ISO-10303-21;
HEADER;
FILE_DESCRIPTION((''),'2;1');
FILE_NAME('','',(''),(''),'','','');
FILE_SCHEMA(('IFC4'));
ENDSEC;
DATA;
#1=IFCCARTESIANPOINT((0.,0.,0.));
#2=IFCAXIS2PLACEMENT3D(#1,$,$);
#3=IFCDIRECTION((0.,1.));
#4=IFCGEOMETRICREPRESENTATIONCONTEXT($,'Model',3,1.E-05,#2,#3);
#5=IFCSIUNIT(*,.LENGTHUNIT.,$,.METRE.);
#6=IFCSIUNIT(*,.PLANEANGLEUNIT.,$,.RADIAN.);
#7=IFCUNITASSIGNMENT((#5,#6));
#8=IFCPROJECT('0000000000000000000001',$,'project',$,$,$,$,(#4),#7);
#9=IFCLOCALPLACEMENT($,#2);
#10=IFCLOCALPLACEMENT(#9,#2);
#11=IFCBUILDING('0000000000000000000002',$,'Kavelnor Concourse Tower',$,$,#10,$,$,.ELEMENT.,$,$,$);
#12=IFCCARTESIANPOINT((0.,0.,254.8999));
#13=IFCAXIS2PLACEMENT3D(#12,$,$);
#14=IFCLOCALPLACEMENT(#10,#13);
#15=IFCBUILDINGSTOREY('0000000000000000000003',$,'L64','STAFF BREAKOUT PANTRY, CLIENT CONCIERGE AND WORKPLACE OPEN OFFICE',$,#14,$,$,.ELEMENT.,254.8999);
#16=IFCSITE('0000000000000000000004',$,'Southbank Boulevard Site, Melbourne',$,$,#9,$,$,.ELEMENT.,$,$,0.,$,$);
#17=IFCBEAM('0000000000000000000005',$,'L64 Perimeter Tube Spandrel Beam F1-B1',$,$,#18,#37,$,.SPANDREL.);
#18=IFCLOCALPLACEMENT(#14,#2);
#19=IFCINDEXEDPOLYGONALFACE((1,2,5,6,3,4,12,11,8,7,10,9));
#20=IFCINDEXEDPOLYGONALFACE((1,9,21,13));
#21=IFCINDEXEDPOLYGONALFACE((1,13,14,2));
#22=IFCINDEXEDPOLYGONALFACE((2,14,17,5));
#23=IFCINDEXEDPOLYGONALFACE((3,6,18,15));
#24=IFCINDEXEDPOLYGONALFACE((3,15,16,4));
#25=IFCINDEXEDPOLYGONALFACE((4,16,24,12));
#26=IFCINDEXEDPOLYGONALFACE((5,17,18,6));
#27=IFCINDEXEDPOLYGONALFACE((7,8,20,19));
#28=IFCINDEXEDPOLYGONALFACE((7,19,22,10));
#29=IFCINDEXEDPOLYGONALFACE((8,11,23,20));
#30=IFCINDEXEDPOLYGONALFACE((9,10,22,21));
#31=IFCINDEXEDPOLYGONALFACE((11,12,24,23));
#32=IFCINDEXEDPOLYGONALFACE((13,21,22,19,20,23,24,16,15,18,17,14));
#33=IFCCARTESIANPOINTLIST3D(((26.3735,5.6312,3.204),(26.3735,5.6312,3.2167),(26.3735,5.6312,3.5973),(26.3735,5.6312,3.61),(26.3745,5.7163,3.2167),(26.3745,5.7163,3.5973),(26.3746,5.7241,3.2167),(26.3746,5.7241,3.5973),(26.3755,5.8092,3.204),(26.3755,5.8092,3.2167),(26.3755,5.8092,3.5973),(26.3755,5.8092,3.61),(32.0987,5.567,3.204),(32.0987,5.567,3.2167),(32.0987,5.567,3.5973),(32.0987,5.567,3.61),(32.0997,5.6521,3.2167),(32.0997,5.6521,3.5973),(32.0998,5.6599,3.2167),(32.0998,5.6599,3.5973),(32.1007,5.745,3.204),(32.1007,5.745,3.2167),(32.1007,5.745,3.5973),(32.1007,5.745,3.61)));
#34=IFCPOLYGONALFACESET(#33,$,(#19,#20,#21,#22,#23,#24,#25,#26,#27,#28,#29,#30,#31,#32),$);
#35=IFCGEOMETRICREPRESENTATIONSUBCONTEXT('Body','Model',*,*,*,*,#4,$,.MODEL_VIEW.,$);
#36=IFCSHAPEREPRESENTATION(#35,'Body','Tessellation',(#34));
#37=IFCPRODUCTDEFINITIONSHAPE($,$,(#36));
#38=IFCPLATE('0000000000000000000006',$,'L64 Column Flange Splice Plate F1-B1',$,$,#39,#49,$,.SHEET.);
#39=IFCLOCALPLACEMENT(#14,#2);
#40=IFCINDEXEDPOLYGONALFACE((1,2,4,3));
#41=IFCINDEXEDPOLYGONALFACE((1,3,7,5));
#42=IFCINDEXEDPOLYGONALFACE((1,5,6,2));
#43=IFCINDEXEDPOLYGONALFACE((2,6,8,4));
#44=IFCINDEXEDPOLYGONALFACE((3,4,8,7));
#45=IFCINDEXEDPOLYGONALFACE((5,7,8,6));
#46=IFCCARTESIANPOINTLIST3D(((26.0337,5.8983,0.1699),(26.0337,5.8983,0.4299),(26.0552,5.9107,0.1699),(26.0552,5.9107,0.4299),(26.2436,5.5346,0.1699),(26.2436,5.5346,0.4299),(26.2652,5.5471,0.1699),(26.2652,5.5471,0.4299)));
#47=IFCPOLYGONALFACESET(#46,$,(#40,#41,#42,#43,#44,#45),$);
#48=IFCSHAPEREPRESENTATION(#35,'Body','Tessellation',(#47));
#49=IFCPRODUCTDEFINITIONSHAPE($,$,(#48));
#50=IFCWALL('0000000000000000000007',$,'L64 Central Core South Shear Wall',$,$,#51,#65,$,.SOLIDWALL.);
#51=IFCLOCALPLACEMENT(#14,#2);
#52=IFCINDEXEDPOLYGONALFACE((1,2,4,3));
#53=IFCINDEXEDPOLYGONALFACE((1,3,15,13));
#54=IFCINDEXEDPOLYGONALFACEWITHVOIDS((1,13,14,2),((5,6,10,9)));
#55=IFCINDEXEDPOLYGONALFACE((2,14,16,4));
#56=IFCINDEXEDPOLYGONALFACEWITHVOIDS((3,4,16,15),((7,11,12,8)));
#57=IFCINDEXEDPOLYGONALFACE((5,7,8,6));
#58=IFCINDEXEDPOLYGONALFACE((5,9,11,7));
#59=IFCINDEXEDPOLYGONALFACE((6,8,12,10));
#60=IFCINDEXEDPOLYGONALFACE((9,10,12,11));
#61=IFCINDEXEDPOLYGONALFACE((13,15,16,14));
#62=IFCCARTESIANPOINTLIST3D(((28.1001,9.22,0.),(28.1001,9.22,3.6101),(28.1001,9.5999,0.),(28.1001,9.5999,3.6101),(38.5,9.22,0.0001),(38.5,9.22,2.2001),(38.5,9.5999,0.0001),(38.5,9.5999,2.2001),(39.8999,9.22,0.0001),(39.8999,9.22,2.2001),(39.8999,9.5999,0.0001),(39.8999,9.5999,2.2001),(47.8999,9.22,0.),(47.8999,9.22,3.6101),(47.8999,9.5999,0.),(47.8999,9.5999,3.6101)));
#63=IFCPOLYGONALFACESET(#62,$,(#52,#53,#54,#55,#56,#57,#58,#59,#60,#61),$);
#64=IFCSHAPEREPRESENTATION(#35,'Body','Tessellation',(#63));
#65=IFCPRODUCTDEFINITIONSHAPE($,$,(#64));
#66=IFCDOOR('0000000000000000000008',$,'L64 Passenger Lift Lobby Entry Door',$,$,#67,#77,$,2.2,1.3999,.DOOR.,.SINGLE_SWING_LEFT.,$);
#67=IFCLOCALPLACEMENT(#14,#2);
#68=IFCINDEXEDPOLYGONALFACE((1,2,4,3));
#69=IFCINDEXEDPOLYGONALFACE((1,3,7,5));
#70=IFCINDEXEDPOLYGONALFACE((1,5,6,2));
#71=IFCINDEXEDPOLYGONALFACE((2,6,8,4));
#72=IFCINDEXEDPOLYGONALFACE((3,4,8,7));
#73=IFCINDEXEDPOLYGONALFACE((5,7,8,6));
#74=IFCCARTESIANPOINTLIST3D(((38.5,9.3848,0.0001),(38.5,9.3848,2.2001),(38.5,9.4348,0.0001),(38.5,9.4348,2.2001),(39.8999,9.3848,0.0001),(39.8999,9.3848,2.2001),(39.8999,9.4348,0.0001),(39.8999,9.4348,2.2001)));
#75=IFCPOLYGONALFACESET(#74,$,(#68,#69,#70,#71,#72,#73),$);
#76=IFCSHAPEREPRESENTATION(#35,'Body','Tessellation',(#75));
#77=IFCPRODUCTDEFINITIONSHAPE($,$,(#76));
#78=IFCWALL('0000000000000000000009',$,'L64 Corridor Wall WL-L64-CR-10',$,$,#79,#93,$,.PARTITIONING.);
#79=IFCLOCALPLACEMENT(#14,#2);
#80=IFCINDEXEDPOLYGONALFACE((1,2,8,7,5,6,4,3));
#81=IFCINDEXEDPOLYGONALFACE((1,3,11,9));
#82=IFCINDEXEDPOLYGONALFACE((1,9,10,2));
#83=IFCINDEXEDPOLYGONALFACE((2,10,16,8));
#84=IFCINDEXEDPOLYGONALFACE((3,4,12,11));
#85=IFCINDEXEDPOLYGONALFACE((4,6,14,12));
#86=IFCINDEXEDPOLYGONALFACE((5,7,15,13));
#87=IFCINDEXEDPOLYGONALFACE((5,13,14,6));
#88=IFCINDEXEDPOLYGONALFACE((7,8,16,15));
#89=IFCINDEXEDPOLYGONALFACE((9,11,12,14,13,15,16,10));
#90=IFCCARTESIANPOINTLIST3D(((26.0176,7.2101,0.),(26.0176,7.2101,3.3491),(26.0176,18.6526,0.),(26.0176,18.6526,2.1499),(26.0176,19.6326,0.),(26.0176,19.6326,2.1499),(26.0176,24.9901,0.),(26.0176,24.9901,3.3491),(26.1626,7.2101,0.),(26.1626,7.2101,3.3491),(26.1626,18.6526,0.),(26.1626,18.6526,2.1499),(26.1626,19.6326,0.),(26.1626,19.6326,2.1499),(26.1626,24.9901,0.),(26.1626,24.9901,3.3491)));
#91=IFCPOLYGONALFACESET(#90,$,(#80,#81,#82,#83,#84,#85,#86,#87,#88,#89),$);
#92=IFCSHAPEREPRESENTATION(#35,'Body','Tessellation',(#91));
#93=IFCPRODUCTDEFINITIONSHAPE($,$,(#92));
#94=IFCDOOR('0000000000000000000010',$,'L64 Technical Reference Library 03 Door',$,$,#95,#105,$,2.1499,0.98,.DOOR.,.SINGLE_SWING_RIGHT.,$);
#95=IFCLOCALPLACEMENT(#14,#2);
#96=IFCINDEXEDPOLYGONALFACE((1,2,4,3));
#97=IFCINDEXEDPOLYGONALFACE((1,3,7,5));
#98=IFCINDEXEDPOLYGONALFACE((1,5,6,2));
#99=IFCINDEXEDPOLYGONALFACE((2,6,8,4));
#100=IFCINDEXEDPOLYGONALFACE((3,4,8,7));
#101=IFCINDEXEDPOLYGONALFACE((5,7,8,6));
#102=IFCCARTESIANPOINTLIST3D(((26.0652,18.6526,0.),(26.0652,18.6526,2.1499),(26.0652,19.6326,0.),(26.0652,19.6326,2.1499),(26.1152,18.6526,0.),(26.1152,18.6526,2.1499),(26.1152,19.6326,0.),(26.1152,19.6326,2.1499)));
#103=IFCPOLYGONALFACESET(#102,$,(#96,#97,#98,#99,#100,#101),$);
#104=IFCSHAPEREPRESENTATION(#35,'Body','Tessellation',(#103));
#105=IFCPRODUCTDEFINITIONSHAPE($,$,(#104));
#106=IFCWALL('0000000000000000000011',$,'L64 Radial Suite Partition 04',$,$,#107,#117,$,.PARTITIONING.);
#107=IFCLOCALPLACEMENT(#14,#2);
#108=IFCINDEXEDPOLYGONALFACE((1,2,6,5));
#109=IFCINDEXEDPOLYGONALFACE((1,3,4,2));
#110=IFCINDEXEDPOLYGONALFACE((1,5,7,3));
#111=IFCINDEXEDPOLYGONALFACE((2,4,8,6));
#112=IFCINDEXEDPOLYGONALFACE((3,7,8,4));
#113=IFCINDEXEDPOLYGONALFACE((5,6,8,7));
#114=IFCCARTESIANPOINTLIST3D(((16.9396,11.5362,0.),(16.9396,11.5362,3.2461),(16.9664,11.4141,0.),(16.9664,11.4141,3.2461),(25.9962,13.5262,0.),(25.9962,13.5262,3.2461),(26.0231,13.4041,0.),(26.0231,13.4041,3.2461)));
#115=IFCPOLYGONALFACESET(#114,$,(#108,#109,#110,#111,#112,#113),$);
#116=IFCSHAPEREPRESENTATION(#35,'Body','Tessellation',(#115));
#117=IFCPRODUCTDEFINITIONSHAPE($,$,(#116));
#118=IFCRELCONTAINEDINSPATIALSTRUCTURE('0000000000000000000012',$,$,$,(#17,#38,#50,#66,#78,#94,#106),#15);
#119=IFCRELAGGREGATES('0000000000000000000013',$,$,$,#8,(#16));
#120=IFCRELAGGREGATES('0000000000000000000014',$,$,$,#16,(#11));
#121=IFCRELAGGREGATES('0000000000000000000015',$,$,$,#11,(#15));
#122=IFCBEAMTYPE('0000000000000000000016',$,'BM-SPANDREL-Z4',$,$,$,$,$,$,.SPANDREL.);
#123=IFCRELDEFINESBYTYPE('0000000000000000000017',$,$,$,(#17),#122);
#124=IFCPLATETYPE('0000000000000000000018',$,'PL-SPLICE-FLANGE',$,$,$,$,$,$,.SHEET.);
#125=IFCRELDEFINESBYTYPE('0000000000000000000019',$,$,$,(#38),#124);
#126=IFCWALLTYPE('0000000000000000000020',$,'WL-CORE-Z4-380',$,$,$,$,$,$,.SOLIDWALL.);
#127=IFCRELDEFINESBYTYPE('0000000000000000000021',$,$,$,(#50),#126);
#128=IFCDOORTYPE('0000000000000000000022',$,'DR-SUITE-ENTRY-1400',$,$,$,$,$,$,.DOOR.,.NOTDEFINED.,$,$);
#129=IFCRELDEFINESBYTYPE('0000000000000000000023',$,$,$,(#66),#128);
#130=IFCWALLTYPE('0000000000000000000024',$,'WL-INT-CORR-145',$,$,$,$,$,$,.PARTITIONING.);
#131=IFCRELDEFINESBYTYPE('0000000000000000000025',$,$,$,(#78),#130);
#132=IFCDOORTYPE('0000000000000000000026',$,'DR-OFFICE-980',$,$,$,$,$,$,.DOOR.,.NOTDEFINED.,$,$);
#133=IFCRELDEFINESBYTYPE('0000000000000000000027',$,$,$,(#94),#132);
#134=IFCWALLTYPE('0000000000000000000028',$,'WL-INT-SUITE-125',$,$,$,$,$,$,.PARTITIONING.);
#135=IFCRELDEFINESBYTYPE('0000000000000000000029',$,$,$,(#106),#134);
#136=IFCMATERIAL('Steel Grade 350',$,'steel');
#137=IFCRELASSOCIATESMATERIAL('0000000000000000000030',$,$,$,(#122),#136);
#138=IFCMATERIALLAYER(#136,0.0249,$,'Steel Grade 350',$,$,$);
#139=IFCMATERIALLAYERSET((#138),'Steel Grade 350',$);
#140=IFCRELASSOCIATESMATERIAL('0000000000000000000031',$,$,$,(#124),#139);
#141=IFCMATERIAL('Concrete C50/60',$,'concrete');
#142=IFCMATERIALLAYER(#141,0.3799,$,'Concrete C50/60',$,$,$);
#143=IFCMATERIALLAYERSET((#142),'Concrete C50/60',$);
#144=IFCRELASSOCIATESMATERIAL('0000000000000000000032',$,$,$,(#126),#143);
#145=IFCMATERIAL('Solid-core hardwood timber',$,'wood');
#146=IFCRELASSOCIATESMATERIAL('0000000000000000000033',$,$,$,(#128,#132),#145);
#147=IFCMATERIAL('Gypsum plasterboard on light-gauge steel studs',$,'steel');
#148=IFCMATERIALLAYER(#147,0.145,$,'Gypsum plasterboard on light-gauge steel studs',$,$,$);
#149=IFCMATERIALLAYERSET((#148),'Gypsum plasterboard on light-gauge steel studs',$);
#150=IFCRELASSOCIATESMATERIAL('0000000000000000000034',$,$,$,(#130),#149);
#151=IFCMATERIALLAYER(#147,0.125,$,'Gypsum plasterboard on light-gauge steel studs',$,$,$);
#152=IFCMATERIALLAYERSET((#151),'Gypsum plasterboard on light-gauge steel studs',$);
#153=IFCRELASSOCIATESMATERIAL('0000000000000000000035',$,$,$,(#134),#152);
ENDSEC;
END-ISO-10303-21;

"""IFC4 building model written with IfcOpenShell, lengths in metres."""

from ifc_helpers import new_model, si_unit, direction, frame, frame_2d, origin, origin_2d, place, context, subcontext, project, spatial, rectangle, i_section, extrude, material, layer, layer_set, material_profile, profile_set, type_object, element, fill, save


model = new_model("IFC4")

# Units and contexts
model_context = context("Model", 3, precision=1e-05, world=origin(), true_north=direction((0.0, 1.0)))
body_context = subcontext(model_context, "Body", "Model", "MODEL_VIEW")
ifc_project = project(units=[si_unit("LENGTHUNIT", "METRE"), si_unit("PLANEANGLEUNIT", "RADIAN")], contexts=[model_context])

# Site, building, storey
site_placement = place(None, origin())
site = spatial("IfcSite", under=ifc_project, at=site_placement, Name="Southbank Boulevard Site, Melbourne", CompositionType="ELEMENT", RefElevation=0.0)
building_placement = place(site_placement, origin())
building = spatial("IfcBuilding", under=site, at=building_placement, Name="Kavelnor Concourse Tower", CompositionType="ELEMENT")
storey_placement = place(building_placement, frame((0.0, 0.0, 254.8999)))
storey = spatial("IfcBuildingStorey", under=building, at=storey_placement, Name="L64", Description="STAFF BREAKOUT PANTRY, CLIENT CONCIERGE AND WORKPLACE OPEN OFFICE", CompositionType="ELEMENT", Elevation=254.8999)

# Shared definitions
ifc_material_1 = material(Name="Steel Grade 350", Category="steel")

# Beam
ifc_material_profile_1 = material_profile(ifc_material_1, i_section(OverallWidth=0.178, OverallDepth=0.406, WebThickness=0.0078, FlangeThickness=0.0127, at=origin_2d()), Name="410UB59")
ifc_profile_set_1 = profile_set([ifc_material_profile_1], Name="Steel Grade 350")
beam_type_1 = type_object("IfcBeamType", Name="BM-SPANDREL-Z4", PredefinedType="SPANDREL", material=ifc_profile_set_1)
beam_1_placement = place(storey_placement, frame((26.3745, 5.7202, 3.407), z_axis=(0.999937, -0.011214, 0.0), x_axis=(0.011214, 0.999937, 0.0)))
element("IfcBeam", 1, at=beam_1_placement, inside=storey, type_object=beam_type_1, Name="L64 Perimeter Tube Spandrel Beam F1-B1", PredefinedType="SPANDREL", context=body_context, shape_type="SweptSolid", body=[
    extrude(i_section(OverallWidth=0.178, OverallDepth=0.406, WebThickness=0.0078, FlangeThickness=0.0127, at=origin_2d()), origin(), (0.0, 0.0, 1.0), 5.7256),
])

# Plate
ifc_layer_1 = layer(ifc_material_1, 0.0249, Name="Steel Grade 350")
ifc_layer_set_1 = layer_set([ifc_layer_1], Name="Steel Grade 350")
plate_type = type_object("IfcPlateType", Name="PL-SPLICE-FLANGE", PredefinedType="SHEET", material=ifc_layer_set_1)
plate_placement = place(storey_placement, frame((26.1494, 5.7227, 0.1699), z_axis=(0.0, 0.0, 1.0), x_axis=(-0.5, 0.866025, 0.0)))
element("IfcPlate", 2, at=plate_placement, inside=storey, type_object=plate_type, Name="L64 Column Flange Splice Plate F1-B1", PredefinedType="SHEET", context=body_context, shape_type="SweptSolid", body=[
    extrude(rectangle(XDim=0.4199, YDim=0.0249, at=origin_2d()), origin(), (0.0, 0.0, 1.0), 0.26),
])

# Walls, openings, doors
ifc_material_2 = material(Name="Concrete C50/60", Category="concrete")
ifc_layer_2 = layer(ifc_material_2, 0.3799, Name="Concrete C50/60")
ifc_layer_set_2 = layer_set([ifc_layer_2], Name="Concrete C50/60")
wall_type_1 = type_object("IfcWallType", Name="WL-CORE-Z4-380", PredefinedType="SOLIDWALL", material=ifc_layer_set_2)
wall_1_placement = place(storey_placement, frame((28.1001, 9.4099, 0.0), z_axis=(0.0, 0.0, 1.0), x_axis=(1.0, 0.0, 0.0)))
wall_1 = element("IfcWall", 3, at=wall_1_placement, inside=storey, type_object=wall_type_1, Name="L64 Central Core South Shear Wall", PredefinedType="SOLIDWALL", context=body_context, shape_type="SweptSolid", body=[
    extrude(rectangle(XDim=19.7998, YDim=0.3799, at=frame_2d((9.8999, 0.0))), origin(), (0.0, 0.0, 1.0), 3.6101),
])
opening_1_placement = place(wall_1_placement, frame((10.3999, 0.0, 0.0)))
opening_1 = element("IfcOpeningElement", 4, at=opening_1_placement, cuts=wall_1, PredefinedType="OPENING", context=body_context, shape_type="SweptSolid", body=[
    extrude(rectangle(XDim=1.3999, YDim=2.2, at=frame_2d((0.7, 1.1001))), frame((0.0, 0.2, 0.0), z_axis=(0.0, -1.0, 0.0), x_axis=(1.0, 0.0, 0.0)), (0.0, 0.0, 1.0), 0.3999),
])
ifc_material_3 = material(Name="Solid-core hardwood timber", Category="wood")
door_type_1 = type_object("IfcDoorType", Name="DR-SUITE-ENTRY-1400", OperationType="NOTDEFINED", PredefinedType="DOOR", material=ifc_material_3)
door_1_placement = place(opening_1_placement, origin())
door_1 = element("IfcDoor", 5, at=door_1_placement, inside=storey, type_object=door_type_1, Name="L64 Passenger Lift Lobby Entry Door", OperationType="SINGLE_SWING_LEFT", OverallHeight=2.2, OverallWidth=1.3999, PredefinedType="DOOR", context=body_context, shape_type="SweptSolid", body=[
    extrude(rectangle(XDim=1.3999, YDim=2.2, at=frame_2d((0.7, 1.1001))), frame((0.0, 0.0249, 0.0), z_axis=(0.0, -1.0, 0.0), x_axis=(1.0, 0.0, 0.0)), (0.0, 0.0, 1.0), 0.05),
])
fill(opening_1, door_1)
ifc_material_4 = material(Name="Gypsum plasterboard on light-gauge steel studs", Category="steel")
ifc_layer_3 = layer(ifc_material_4, 0.145, Name="Gypsum plasterboard on light-gauge steel studs")
ifc_layer_set_3 = layer_set([ifc_layer_3], Name="Gypsum plasterboard on light-gauge steel studs")
wall_type_2 = type_object("IfcWallType", Name="WL-INT-CORR-145", PredefinedType="PARTITIONING", material=ifc_layer_set_3)
wall_2_placement = place(storey_placement, frame((26.0901, 7.21, 0.0), z_axis=(0.0, 0.0, 1.0), x_axis=(0.0, 1.0, 0.0)))
wall_2 = element("IfcWall", 6, at=wall_2_placement, inside=storey, type_object=wall_type_2, Name="L64 Corridor Wall WL-L64-CR-10", PredefinedType="PARTITIONING", context=body_context, shape_type="SweptSolid", body=[
    extrude(rectangle(XDim=17.78, YDim=0.145, at=frame_2d((8.8901, 0.0))), origin(), (0.0, 0.0, 1.0), 3.3491),
])
opening_2_placement = place(wall_2_placement, frame((11.4426, 0.0, 0.0)))
opening_2 = element("IfcOpeningElement", 7, at=opening_2_placement, cuts=wall_2, PredefinedType="OPENING", context=body_context, shape_type="SweptSolid", body=[
    extrude(rectangle(XDim=0.98, YDim=2.1499, at=frame_2d((0.49, 1.075))), frame((0.0, 0.0825, 0.0), z_axis=(0.0, -1.0, 0.0), x_axis=(1.0, 0.0, 0.0)), (0.0, 0.0, 1.0), 0.165),
])
door_type_2 = type_object("IfcDoorType", Name="DR-OFFICE-980", OperationType="NOTDEFINED", PredefinedType="DOOR", material=ifc_material_3)
door_2_placement = place(opening_2_placement, origin())
door_2 = element("IfcDoor", 8, at=door_2_placement, inside=storey, type_object=door_type_2, Name="L64 Technical Reference Library 03 Door", OperationType="SINGLE_SWING_RIGHT", OverallHeight=2.1499, OverallWidth=0.98, PredefinedType="DOOR", context=body_context, shape_type="SweptSolid", body=[
    extrude(rectangle(XDim=0.98, YDim=2.1499, at=frame_2d((0.49, 1.075))), frame((0.0, 0.0249, 0.0), z_axis=(0.0, -1.0, 0.0), x_axis=(1.0, 0.0, 0.0)), (0.0, 0.0, 1.0), 0.05),
])
fill(opening_2, door_2)

# Wall
ifc_layer_4 = layer(ifc_material_4, 0.125, Name="Gypsum plasterboard on light-gauge steel studs")
ifc_layer_set_4 = layer_set([ifc_layer_4], Name="Gypsum plasterboard on light-gauge steel studs")
wall_type_3 = type_object("IfcWallType", Name="WL-INT-SUITE-125", PredefinedType="PARTITIONING", material=ifc_layer_set_4)
wall_3_placement = place(storey_placement, frame((26.0095, 13.4651, 0.0), z_axis=(0.0, 0.0, 1.0), x_axis=(-0.9767, -0.214608, 0.0)))
element("IfcWall", 9, at=wall_3_placement, inside=storey, type_object=wall_type_3, Name="L64 Radial Suite Partition 04", PredefinedType="PARTITIONING", context=body_context, shape_type="SweptSolid", body=[
    extrude(rectangle(XDim=9.2727, YDim=0.125, at=frame_2d((4.6362, 0.0))), origin(), (0.0, 0.0, 1.0), 3.2461),
])

save(model, "model.ifc")
